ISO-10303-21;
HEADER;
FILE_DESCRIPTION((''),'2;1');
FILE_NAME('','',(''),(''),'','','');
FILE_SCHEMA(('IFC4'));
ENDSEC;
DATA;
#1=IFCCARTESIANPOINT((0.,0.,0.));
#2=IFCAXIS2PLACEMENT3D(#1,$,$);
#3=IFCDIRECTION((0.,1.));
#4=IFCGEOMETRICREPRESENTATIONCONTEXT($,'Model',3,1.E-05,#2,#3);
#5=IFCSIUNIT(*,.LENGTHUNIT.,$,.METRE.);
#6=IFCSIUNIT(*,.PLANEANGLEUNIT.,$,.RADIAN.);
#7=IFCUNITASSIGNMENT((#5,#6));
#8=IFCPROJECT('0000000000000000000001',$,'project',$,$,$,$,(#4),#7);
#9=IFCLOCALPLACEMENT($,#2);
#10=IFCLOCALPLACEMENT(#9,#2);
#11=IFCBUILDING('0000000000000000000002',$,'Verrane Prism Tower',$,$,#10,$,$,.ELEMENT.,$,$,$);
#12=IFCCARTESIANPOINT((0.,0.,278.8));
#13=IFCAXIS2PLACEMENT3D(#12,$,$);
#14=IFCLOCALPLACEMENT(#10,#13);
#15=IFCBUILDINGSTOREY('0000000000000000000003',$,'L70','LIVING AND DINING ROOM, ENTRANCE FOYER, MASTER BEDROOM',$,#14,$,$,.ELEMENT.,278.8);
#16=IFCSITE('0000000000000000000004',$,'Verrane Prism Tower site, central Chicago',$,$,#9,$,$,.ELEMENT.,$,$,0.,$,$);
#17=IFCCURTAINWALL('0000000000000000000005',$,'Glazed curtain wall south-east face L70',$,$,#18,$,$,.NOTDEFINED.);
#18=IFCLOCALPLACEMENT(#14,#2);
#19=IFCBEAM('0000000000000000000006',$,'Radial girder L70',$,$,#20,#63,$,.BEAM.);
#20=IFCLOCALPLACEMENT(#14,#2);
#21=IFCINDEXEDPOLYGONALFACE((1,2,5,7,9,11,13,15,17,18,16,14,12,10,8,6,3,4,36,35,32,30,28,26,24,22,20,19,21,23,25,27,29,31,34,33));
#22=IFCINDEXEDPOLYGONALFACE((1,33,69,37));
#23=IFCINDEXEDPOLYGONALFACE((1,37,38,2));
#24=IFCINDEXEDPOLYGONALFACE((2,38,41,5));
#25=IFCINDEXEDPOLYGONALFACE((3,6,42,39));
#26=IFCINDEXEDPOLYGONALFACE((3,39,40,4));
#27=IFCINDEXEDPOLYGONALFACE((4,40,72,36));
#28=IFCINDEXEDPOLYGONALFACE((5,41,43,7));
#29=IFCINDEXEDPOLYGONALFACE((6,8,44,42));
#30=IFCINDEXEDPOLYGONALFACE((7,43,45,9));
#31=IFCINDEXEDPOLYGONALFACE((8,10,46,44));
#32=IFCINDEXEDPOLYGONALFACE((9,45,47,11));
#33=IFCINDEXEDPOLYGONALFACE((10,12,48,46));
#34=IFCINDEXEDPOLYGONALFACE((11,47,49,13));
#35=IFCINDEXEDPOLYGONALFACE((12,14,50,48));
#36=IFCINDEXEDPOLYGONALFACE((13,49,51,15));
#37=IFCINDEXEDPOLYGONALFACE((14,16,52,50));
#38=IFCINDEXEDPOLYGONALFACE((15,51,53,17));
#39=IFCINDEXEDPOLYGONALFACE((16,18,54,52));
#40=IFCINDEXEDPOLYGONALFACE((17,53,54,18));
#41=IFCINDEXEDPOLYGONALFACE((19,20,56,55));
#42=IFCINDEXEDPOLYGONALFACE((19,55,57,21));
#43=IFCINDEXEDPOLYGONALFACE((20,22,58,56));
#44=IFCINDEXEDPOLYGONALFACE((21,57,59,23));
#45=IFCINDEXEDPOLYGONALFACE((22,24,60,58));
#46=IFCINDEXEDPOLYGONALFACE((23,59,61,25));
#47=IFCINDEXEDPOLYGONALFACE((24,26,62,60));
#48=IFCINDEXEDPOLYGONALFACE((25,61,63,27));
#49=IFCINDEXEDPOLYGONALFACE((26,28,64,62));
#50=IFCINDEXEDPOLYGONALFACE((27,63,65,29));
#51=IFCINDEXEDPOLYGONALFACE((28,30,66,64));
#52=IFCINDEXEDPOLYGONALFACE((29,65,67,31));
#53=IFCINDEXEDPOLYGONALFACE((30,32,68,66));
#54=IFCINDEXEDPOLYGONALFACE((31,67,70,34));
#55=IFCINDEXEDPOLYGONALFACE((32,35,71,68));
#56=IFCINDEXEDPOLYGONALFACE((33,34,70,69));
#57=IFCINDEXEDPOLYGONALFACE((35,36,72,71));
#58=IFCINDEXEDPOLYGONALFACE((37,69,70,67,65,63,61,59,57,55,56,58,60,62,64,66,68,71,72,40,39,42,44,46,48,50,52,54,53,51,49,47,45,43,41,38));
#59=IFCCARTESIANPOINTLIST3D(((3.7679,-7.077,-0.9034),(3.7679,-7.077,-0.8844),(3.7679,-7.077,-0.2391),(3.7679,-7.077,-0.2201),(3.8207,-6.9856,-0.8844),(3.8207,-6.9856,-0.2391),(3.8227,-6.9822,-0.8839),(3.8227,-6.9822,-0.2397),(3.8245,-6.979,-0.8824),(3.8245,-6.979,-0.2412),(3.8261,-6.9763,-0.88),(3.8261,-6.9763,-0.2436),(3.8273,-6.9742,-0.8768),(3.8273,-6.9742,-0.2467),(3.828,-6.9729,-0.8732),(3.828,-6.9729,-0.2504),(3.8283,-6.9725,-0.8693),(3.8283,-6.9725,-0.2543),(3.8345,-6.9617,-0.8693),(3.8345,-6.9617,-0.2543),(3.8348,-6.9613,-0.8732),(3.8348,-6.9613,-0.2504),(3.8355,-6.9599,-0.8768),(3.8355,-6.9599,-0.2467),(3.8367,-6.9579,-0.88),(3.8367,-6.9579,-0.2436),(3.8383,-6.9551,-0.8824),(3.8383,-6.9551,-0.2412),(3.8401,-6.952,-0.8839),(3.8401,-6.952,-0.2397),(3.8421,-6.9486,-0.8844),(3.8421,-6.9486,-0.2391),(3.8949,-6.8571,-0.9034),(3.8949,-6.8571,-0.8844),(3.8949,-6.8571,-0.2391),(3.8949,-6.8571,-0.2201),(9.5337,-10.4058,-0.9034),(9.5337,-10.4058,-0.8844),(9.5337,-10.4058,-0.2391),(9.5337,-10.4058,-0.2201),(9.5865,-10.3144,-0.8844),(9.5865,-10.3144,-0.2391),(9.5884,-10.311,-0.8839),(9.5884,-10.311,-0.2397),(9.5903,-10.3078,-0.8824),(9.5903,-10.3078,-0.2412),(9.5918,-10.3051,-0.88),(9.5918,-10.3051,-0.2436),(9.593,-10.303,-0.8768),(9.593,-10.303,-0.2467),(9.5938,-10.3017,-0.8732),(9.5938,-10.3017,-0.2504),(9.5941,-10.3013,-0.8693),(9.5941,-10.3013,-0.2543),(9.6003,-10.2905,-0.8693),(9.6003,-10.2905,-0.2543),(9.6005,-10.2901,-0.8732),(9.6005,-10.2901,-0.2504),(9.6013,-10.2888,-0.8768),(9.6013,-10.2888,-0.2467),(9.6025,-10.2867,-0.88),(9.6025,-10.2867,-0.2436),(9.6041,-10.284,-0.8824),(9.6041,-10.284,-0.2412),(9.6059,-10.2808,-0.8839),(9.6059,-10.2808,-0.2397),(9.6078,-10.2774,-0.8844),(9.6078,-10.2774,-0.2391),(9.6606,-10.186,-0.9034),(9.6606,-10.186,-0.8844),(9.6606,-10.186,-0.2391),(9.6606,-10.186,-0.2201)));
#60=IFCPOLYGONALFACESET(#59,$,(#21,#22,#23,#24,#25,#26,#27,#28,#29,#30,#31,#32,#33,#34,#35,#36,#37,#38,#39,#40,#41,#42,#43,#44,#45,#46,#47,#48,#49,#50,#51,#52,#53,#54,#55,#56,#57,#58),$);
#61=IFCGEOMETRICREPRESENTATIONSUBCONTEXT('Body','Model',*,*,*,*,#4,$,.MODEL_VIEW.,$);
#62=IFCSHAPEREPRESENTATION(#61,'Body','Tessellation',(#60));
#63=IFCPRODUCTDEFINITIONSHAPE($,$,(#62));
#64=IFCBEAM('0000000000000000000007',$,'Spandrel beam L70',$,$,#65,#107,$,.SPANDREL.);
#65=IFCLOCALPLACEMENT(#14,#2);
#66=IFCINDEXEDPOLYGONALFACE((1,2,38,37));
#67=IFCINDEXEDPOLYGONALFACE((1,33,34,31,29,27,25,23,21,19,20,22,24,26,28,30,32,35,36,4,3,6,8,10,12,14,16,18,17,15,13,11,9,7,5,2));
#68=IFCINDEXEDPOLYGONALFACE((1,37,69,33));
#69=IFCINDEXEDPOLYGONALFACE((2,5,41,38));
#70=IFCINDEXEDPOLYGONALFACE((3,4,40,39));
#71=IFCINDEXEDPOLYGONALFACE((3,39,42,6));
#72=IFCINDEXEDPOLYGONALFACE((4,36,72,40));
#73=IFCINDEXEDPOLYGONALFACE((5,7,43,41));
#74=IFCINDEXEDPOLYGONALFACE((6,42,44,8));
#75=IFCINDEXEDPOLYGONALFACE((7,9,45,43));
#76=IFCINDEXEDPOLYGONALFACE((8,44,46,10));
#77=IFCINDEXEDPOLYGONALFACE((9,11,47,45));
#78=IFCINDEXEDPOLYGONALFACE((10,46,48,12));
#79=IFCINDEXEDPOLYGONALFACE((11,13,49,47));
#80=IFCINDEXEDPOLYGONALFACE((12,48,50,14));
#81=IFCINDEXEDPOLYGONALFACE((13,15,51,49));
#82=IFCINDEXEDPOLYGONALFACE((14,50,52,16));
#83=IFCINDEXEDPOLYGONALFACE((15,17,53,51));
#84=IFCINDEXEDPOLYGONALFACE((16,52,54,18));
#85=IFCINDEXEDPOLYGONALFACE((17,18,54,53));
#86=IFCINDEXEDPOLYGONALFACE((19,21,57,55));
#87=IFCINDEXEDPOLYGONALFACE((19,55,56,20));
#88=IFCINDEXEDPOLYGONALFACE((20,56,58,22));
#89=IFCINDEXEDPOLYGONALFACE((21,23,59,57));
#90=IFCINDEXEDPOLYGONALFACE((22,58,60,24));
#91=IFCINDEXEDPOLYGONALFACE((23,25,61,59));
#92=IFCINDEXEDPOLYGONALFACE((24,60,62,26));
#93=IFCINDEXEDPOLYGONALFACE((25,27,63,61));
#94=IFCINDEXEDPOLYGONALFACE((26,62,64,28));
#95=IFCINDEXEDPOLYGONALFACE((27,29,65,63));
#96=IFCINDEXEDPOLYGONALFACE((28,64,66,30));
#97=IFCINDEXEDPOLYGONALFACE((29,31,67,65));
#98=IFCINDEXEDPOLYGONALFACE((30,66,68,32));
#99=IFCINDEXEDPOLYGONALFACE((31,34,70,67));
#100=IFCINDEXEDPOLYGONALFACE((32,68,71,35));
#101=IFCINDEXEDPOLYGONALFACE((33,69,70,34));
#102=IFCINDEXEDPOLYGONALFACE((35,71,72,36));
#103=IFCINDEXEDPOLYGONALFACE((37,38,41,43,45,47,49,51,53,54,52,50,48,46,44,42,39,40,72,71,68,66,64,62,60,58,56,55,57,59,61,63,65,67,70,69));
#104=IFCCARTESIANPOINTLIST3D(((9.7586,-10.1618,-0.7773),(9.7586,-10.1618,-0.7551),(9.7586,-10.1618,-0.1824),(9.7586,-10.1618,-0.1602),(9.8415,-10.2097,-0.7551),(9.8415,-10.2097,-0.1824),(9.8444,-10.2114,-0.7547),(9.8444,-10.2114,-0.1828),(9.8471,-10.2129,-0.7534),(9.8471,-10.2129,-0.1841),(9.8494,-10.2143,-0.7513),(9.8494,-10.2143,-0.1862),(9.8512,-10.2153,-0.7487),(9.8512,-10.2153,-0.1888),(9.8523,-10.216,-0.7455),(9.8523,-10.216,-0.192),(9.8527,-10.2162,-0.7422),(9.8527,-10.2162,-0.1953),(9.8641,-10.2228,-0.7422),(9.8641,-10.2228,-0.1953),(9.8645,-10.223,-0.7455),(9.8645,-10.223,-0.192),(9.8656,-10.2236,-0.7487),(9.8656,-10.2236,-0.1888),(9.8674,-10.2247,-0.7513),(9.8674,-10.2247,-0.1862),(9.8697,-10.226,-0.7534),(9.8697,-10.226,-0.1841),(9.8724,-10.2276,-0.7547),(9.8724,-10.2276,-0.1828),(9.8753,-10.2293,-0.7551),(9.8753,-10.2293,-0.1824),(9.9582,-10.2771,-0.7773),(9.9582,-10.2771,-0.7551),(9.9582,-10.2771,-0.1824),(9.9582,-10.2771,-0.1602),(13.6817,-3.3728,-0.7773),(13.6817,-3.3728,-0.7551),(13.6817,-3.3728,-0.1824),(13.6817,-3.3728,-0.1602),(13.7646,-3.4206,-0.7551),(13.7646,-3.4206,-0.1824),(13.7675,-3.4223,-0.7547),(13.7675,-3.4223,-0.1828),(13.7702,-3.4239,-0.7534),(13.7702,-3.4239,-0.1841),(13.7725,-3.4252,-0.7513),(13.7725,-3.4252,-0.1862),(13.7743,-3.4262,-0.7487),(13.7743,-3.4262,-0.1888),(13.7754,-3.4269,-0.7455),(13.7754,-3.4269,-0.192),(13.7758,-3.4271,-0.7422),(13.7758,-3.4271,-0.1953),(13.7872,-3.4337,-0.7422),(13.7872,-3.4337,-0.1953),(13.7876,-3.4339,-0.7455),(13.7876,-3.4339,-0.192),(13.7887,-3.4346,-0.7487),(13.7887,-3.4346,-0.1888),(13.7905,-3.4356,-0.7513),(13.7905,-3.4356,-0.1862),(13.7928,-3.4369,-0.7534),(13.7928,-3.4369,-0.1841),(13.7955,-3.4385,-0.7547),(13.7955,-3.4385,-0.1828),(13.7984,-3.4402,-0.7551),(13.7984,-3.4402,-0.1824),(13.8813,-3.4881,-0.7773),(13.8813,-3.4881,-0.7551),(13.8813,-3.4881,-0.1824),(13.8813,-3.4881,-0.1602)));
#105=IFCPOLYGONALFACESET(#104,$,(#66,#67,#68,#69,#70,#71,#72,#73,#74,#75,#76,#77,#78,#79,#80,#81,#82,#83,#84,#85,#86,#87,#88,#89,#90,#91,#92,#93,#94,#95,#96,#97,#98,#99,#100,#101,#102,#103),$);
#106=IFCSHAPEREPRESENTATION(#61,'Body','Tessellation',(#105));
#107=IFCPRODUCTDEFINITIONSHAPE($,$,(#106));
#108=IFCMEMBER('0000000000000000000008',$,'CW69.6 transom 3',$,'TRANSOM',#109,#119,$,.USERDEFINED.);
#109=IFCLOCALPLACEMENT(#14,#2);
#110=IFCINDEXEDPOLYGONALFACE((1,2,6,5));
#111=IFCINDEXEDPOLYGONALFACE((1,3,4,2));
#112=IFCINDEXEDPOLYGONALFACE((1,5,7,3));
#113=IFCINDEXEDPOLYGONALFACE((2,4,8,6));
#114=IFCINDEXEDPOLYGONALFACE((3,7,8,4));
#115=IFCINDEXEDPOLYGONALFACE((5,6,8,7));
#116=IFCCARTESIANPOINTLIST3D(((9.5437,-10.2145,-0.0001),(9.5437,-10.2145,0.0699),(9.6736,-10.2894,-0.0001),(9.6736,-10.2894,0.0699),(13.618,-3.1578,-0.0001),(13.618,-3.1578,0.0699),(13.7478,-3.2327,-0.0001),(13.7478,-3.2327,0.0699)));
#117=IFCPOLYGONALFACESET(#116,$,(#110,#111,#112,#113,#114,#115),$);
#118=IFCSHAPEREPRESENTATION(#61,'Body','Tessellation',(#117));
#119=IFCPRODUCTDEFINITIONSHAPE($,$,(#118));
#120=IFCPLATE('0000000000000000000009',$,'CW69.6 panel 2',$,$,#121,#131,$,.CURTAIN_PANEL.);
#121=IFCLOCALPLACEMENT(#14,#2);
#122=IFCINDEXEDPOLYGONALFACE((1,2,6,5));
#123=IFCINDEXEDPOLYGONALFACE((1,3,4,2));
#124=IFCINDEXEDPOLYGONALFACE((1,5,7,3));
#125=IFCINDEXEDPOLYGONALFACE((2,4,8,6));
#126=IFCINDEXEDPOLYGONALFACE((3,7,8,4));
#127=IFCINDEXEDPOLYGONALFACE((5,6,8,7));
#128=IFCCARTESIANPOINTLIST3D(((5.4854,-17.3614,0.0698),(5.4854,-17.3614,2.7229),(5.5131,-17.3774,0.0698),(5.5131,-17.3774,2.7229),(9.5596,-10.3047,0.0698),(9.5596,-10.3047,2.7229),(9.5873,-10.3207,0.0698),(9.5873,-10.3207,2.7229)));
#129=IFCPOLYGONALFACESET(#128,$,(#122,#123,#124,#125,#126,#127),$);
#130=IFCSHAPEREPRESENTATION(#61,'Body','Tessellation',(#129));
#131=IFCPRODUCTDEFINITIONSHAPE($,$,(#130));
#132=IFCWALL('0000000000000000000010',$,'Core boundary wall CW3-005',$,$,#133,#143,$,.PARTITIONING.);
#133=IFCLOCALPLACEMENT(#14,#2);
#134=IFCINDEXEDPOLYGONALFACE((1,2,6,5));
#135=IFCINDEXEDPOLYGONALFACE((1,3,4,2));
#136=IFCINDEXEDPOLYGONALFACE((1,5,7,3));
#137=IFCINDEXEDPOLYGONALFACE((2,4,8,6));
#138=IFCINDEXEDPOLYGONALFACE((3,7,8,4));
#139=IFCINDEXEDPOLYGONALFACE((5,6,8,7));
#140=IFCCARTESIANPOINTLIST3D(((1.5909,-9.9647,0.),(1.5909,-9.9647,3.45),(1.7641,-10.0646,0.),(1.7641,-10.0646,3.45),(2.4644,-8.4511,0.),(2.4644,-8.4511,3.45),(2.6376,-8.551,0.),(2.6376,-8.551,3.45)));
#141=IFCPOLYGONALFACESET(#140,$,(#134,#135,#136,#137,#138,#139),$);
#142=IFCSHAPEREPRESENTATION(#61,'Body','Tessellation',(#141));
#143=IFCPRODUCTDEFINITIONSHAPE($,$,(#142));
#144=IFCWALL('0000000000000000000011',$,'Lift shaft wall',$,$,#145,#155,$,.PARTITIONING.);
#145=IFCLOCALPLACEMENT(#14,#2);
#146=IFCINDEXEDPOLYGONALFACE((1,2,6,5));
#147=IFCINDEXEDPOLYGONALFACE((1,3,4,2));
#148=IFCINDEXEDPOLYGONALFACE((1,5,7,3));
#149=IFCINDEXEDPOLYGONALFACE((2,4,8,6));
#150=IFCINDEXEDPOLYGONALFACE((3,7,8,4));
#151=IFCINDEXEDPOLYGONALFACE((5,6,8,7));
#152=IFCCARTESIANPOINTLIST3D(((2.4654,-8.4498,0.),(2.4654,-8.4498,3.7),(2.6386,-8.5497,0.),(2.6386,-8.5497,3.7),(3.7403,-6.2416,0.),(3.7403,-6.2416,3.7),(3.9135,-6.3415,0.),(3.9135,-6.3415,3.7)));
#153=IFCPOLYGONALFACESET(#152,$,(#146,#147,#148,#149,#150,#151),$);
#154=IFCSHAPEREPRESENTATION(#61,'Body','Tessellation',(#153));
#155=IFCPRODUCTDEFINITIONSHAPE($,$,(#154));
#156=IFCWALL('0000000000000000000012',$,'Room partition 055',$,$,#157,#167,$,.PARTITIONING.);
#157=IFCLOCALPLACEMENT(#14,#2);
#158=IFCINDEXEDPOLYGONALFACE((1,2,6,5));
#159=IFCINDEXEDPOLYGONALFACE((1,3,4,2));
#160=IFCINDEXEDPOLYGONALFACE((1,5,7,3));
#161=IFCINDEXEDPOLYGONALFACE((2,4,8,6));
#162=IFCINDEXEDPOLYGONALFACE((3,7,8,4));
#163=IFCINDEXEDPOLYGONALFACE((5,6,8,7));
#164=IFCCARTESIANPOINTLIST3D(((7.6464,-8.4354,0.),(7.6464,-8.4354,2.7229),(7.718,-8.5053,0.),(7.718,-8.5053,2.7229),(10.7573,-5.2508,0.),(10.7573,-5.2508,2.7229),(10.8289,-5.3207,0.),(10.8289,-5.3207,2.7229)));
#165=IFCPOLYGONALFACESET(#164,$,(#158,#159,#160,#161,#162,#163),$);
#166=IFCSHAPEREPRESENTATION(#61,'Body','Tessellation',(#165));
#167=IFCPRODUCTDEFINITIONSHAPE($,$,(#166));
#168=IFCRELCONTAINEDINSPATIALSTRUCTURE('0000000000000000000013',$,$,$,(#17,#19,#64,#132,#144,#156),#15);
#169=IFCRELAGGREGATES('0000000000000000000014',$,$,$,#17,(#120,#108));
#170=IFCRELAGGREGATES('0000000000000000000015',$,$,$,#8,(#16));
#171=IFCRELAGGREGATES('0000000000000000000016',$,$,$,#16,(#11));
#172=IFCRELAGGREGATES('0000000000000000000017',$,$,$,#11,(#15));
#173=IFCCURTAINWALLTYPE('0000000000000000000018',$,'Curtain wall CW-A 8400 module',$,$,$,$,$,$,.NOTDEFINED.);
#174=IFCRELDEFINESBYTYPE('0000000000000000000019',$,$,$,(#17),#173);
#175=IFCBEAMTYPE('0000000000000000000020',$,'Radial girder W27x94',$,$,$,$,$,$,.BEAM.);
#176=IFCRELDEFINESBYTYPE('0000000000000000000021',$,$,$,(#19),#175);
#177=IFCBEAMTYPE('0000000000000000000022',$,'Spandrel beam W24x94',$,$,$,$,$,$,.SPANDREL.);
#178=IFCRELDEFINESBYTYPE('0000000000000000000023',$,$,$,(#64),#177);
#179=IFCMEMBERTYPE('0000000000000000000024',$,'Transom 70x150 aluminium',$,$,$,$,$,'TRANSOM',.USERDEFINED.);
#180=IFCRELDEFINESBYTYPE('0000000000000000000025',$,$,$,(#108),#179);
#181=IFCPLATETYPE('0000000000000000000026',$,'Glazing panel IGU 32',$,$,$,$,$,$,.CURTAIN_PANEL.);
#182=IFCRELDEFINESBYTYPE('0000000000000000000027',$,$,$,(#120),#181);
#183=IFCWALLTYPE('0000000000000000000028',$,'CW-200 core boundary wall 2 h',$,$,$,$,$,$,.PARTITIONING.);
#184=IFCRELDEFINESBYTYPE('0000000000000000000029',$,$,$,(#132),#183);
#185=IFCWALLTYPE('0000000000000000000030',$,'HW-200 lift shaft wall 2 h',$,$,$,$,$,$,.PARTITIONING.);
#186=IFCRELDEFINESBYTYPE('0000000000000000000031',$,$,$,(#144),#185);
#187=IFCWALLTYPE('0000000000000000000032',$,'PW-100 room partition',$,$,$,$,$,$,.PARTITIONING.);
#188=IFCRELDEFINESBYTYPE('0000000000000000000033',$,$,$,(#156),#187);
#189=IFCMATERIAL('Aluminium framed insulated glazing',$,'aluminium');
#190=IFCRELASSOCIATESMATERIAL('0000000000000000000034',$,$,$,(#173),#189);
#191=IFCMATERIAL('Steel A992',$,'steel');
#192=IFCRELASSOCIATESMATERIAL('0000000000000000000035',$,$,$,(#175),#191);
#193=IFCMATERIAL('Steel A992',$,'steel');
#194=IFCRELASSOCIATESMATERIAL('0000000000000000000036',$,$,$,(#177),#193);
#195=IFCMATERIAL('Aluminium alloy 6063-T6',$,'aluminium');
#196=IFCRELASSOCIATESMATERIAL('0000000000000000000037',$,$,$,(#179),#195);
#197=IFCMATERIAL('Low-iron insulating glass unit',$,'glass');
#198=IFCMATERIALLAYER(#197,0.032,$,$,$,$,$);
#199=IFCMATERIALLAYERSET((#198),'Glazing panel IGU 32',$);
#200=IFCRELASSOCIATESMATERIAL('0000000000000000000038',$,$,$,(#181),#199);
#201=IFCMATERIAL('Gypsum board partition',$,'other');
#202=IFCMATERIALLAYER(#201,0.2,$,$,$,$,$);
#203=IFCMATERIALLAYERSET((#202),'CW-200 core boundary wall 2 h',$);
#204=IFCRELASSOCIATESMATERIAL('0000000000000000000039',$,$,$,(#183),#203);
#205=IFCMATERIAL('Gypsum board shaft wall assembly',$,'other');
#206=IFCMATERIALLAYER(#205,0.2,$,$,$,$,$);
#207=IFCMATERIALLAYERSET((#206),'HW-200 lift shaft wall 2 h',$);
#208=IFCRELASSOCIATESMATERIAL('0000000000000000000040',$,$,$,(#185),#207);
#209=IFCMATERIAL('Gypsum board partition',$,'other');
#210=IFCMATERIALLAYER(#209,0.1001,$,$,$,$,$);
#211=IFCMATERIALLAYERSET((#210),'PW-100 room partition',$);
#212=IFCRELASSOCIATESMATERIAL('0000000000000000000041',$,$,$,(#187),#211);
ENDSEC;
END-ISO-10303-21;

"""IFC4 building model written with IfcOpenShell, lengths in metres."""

from ifc_helpers import new_model, si_unit, direction, frame, frame_2d, origin, origin_2d, place, context, subcontext, project, spatial, rectangle, i_section, extrude, material, layer, layer_set, material_profile, profile_set, type_object, element, aggregate, save


model = new_model("IFC4")

# Units and contexts
model_context = context("Model", 3, precision=1e-05, world=origin(), true_north=direction((0.0, 1.0)))
body_context = subcontext(model_context, "Body", "Model", "MODEL_VIEW")
ifc_project = project(units=[si_unit("LENGTHUNIT", "METRE"), si_unit("PLANEANGLEUNIT", "RADIAN")], contexts=[model_context])

# Site, building, storey
site_placement = place(None, origin())
site = spatial("IfcSite", under=ifc_project, at=site_placement, Name="Verrane Prism Tower site, central Chicago", CompositionType="ELEMENT", RefElevation=0.0)
building_placement = place(site_placement, origin())
building = spatial("IfcBuilding", under=site, at=building_placement, Name="Verrane Prism Tower", CompositionType="ELEMENT")
storey_placement = place(building_placement, frame((0.0, 0.0, 278.8)))
storey = spatial("IfcBuildingStorey", under=building, at=storey_placement, Name="L70", Description="LIVING AND DINING ROOM, ENTRANCE FOYER, MASTER BEDROOM", CompositionType="ELEMENT", Elevation=278.8)

# Curtain wall
ifc_material_1 = material(Name="Aluminium framed insulated glazing", Category="aluminium")
curtain_wall_type = type_object("IfcCurtainWallType", Name="Curtain wall CW-A 8400 module", PredefinedType="NOTDEFINED", material=ifc_material_1)
curtain_wall_placement = place(storey_placement, origin())
curtain_wall = element("IfcCurtainWall", 1, at=curtain_wall_placement, inside=storey, type_object=curtain_wall_type, Name="Glazed curtain wall south-east face L70", PredefinedType="NOTDEFINED")

# Beams
ifc_material_2 = material(Name="Steel A992", Category="steel")
ifc_material_profile_1 = material_profile(ifc_material_2, i_section(OverallWidth=0.2539, OverallDepth=0.6833, WebThickness=0.0125, FlangeThickness=0.019, FilletRadius=0.0151, at=origin_2d()), Name="W27x94")
ifc_profile_set_1 = profile_set([ifc_material_profile_1], Name="Steel A992")
beam_type_1 = type_object("IfcBeamType", Name="Radial girder W27x94", PredefinedType="BEAM", material=ifc_profile_set_1)
beam_1_placement = place(storey_placement, frame((9.5972, -10.2959, -0.5618), z_axis=(-0.86603, 0.499992, 0.0), x_axis=(-0.499992, -0.86603, 0.0)))
element("IfcBeam", 2, at=beam_1_placement, inside=storey, type_object=beam_type_1, Name="Radial girder L70", PredefinedType="BEAM", context=body_context, shape_type="SweptSolid", body=[
    extrude(i_section(OverallWidth=0.2539, OverallDepth=0.6833, WebThickness=0.0125, FlangeThickness=0.019, FilletRadius=0.0151, at=origin_2d()), origin(), (0.0, 0.0, 1.0), 6.6577),
])
ifc_material_3 = material(Name="Steel A992", Category="steel")
ifc_material_profile_2 = material_profile(ifc_material_3, i_section(OverallWidth=0.2305, OverallDepth=0.6172, WebThickness=0.0132, FlangeThickness=0.0222, FilletRadius=0.0129, at=origin_2d()), Name="W24x94")
ifc_profile_set_2 = profile_set([ifc_material_profile_2], Name="Steel A992")
beam_type_2 = type_object("IfcBeamType", Name="Spandrel beam W24x94", PredefinedType="SPANDREL", material=ifc_profile_set_2)
beam_2_placement = place(storey_placement, frame((9.8584, -10.2195, -0.4688), z_axis=(0.500328, 0.865836, 0.0), x_axis=(-0.865836, 0.500328, 0.0)))
element("IfcBeam", 3, at=beam_2_placement, inside=storey, type_object=beam_type_2, Name="Spandrel beam L70", PredefinedType="SPANDREL", context=body_context, shape_type="SweptSolid", body=[
    extrude(i_section(OverallWidth=0.2305, OverallDepth=0.6172, WebThickness=0.0132, FlangeThickness=0.0222, FilletRadius=0.0129, at=origin_2d()), origin(), (0.0, 0.0, 1.0), 7.8411),
])

# Member
ifc_material_4 = material(Name="Aluminium alloy 6063-T6", Category="aluminium")
ifc_material_profile_3 = material_profile(ifc_material_4, rectangle(XDim=0.1499, YDim=0.0701, at=origin_2d()), Name="Transom 70x150 aluminium")
ifc_profile_set_3 = profile_set([ifc_material_profile_3], Name="Aluminium alloy 6063-T6")
member_type_1 = type_object("IfcMemberType", Name="Transom 70x150 aluminium", ElementType="TRANSOM", PredefinedType="USERDEFINED", material=ifc_profile_set_3)
member_1_placement = place(storey_placement, frame((9.6086, -10.252, 0.0349), z_axis=(0.500006, 0.866022, 0.0), x_axis=(-0.866022, 0.500006, 0.0)))
member_1 = element("IfcMember", 4, at=member_1_placement, type_object=member_type_1, Name="CW69.6 transom 3", ObjectType="TRANSOM", PredefinedType="USERDEFINED", context=body_context, shape_type="SweptSolid", body=[
    extrude(rectangle(XDim=0.1499, YDim=0.0701, at=origin_2d()), origin(), (0.0, 0.0, 1.0), 8.1484),
])

# Plate
ifc_material_5 = material(Name="Low-iron insulating glass unit", Category="glass")
ifc_layer_1 = layer(ifc_material_5, 0.032)
ifc_layer_set_1 = layer_set([ifc_layer_1], Name="Glazing panel IGU 32")
plate_type = type_object("IfcPlateType", Name="Glazing panel IGU 32", PredefinedType="CURTAIN_PANEL", material=ifc_layer_set_1)
plate_placement = place(storey_placement, frame((7.5364, -13.8411, 0.0698), z_axis=(0.0, 0.0, 1.0), x_axis=(0.500001, 0.866025, 0.0)))
plate = element("IfcPlate", 5, at=plate_placement, type_object=plate_type, Name="CW69.6 panel 2", PredefinedType="CURTAIN_PANEL", context=body_context, shape_type="SweptSolid", body=[
    extrude(rectangle(XDim=8.1484, YDim=0.032, at=origin_2d()), origin(), (0.0, 0.0, 1.0), 2.6531),
])
aggregate(curtain_wall, [plate, member_1])

# Walls
ifc_material_6 = material(Name="Gypsum board partition", Category="other")
ifc_layer_2 = layer(ifc_material_6, 0.2)
ifc_layer_set_2 = layer_set([ifc_layer_2], Name="CW-200 core boundary wall 2 h")
wall_type_1 = type_object("IfcWallType", Name="CW-200 core boundary wall 2 h", PredefinedType="PARTITIONING", material=ifc_layer_set_2)
wall_1_placement = place(storey_placement, frame((1.6775, -10.0146, 0.0), z_axis=(0.0, 0.0, 1.0), x_axis=(0.499835, 0.86612, 0.0)))
element("IfcWall", 6, at=wall_1_placement, inside=storey, type_object=wall_type_1, Name="Core boundary wall CW3-005", PredefinedType="PARTITIONING", context=body_context, shape_type="SweptSolid", body=[
    extrude(rectangle(XDim=1.7476, YDim=0.2, at=frame_2d((0.8738, 0.0))), origin(), (0.0, 0.0, 1.0), 3.45),
])
ifc_material_7 = material(Name="Gypsum board shaft wall assembly", Category="other")
ifc_layer_3 = layer(ifc_material_7, 0.2)
ifc_layer_set_3 = layer_set([ifc_layer_3], Name="HW-200 lift shaft wall 2 h")
wall_type_2 = type_object("IfcWallType", Name="HW-200 lift shaft wall 2 h", PredefinedType="PARTITIONING", material=ifc_layer_set_3)
wall_2_placement = place(storey_placement, frame((2.552, -8.4998, 0.0), z_axis=(0.0, 0.0, 1.0), x_axis=(0.49999, 0.866031, 0.0)))
element("IfcWall", 7, at=wall_2_placement, inside=storey, type_object=wall_type_2, Name="Lift shaft wall", PredefinedType="PARTITIONING", context=body_context, shape_type="SweptSolid", body=[
    extrude(rectangle(XDim=2.5498, YDim=0.2, at=frame_2d((1.2749, 0.0))), origin(), (0.0, 0.0, 1.0), 3.7),
])
ifc_material_8 = material(Name="Gypsum board partition", Category="other")
ifc_layer_4 = layer(ifc_material_8, 0.1001)
ifc_layer_set_4 = layer_set([ifc_layer_4], Name="PW-100 room partition")
wall_type_3 = type_object("IfcWallType", Name="PW-100 room partition", PredefinedType="PARTITIONING", material=ifc_layer_set_4)
wall_3_placement = place(storey_placement, frame((7.6821, -8.4705, 0.0), z_axis=(0.0, 0.0, 1.0), x_axis=(0.698777, 0.715339, 0.0)))
element("IfcWall", 8, at=wall_3_placement, inside=storey, type_object=wall_type_3, Name="Room partition 055", PredefinedType="PARTITIONING", context=body_context, shape_type="SweptSolid", body=[
    extrude(rectangle(XDim=4.4519, YDim=0.1001, at=frame_2d((2.2261, 0.0))), origin(), (0.0, 0.0, 1.0), 2.7229),
])

save(model, "model.ifc")
